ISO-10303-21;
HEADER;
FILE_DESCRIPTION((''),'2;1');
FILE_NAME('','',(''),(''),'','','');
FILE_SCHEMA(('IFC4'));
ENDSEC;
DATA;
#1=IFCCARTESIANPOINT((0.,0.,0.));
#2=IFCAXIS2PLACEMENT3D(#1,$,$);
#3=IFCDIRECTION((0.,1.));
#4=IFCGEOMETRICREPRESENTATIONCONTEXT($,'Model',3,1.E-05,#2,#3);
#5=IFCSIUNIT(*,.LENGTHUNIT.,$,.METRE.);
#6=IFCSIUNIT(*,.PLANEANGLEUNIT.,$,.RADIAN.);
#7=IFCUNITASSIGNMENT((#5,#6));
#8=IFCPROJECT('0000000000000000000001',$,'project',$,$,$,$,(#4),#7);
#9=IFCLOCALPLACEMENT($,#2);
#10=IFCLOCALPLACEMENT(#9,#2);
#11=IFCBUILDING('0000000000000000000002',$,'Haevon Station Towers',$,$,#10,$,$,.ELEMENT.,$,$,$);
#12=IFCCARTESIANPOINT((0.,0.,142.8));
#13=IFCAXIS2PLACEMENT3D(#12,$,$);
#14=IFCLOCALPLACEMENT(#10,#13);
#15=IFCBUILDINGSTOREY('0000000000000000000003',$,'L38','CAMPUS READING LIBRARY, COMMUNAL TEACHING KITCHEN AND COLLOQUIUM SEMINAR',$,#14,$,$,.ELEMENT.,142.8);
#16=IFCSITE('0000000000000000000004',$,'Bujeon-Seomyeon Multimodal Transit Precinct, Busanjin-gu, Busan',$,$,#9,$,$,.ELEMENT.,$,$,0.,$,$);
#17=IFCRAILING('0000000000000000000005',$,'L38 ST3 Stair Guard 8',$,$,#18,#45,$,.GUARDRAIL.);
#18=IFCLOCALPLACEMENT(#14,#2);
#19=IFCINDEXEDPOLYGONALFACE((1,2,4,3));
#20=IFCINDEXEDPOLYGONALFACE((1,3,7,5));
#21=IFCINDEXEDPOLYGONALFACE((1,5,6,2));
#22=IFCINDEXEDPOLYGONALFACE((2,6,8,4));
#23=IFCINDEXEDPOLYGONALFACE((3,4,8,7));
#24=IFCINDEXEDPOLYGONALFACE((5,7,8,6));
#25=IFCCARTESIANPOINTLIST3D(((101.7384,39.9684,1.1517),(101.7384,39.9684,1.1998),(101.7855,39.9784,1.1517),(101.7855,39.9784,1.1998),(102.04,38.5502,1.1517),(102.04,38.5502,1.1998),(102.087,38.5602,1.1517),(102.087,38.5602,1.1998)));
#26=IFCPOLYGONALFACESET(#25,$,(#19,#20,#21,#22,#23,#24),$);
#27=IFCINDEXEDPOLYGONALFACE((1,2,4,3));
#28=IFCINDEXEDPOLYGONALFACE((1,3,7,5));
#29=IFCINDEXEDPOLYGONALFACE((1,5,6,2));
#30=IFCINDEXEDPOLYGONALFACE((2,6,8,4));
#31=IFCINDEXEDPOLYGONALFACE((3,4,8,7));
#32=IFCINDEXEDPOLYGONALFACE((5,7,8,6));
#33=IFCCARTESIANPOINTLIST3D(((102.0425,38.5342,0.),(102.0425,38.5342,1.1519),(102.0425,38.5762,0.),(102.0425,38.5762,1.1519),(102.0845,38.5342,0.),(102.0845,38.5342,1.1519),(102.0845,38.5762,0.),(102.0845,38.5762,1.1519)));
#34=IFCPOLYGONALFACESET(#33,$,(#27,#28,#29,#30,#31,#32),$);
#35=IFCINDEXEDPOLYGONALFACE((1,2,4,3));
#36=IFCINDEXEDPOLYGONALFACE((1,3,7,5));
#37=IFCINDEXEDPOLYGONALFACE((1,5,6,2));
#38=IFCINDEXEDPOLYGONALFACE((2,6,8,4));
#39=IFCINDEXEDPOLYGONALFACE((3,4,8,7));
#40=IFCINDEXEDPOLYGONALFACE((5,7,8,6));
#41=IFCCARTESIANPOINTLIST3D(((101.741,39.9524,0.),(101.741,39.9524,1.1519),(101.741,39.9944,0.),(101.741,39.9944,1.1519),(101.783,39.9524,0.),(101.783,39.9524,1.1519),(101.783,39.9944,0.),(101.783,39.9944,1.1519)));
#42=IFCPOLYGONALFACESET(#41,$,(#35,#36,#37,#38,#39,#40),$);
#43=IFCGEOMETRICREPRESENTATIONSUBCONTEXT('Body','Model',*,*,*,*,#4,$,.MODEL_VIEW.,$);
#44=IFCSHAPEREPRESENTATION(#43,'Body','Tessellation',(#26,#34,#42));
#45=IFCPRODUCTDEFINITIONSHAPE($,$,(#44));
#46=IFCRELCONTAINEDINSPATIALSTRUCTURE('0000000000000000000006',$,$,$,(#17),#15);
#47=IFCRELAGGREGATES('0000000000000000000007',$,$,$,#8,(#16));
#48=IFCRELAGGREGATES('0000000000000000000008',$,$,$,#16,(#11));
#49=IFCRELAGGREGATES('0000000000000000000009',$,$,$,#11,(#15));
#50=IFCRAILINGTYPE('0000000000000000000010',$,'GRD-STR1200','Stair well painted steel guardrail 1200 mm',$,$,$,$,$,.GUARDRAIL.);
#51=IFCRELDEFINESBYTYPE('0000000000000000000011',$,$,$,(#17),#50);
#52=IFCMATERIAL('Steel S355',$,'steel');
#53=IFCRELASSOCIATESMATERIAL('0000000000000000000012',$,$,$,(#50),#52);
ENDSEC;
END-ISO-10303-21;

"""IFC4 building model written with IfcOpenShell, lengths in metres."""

from ifc_helpers import new_model, si_unit, direction, frame, origin, origin_2d, place, context, subcontext, project, spatial, rectangle, extrude, material, type_object, element, save


model = new_model("IFC4")

# Units and contexts
model_context = context("Model", 3, precision=1e-05, world=origin(), true_north=direction((0.0, 1.0)))
body_context = subcontext(model_context, "Body", "Model", "MODEL_VIEW")
ifc_project = project(units=[si_unit("LENGTHUNIT", "METRE"), si_unit("PLANEANGLEUNIT", "RADIAN")], contexts=[model_context])

# Site, building, storey
site_placement = place(None, origin())
site = spatial("IfcSite", under=ifc_project, at=site_placement, Name="Bujeon-Seomyeon Multimodal Transit Precinct, Busanjin-gu, Busan", CompositionType="ELEMENT", RefElevation=0.0)
building_placement = place(site_placement, origin())
building = spatial("IfcBuilding", under=site, at=building_placement, Name="Haevon Station Towers", CompositionType="ELEMENT")
storey_placement = place(building_placement, frame((0.0, 0.0, 142.8)))
storey = spatial("IfcBuildingStorey", under=building, at=storey_placement, Name="L38", Description="CAMPUS READING LIBRARY, COMMUNAL TEACHING KITCHEN AND COLLOQUIUM SEMINAR", CompositionType="ELEMENT", Elevation=142.8)

# Shared definitions
ifc_material_1 = material(Name="Steel S355", Category="steel")

# Railing
railing_type = type_object("IfcRailingType", Name="GRD-STR1200", Description="Stair well painted steel guardrail 1200 mm", PredefinedType="GUARDRAIL", material=ifc_material_1)
railing_placement = place(storey_placement, frame((102.0635, 38.5552, 0.0)))
element("IfcRailing", 1, at=railing_placement, inside=storey, type_object=railing_type, Name="L38 ST3 Stair Guard 8", PredefinedType="GUARDRAIL", context=body_context, shape_type="SweptSolid", body=[
    extrude(rectangle(XDim=0.0481, YDim=0.0481, at=origin_2d()), frame((0.0, 0.0, 1.1758), z_axis=(-0.207953, 0.978139, 0.0), x_axis=(-0.978139, -0.207953, 0.0)), (0.0, 0.0, 1.0), 1.45),
    extrude(rectangle(XDim=0.042, YDim=0.042, at=origin_2d()), origin(), (0.0, 0.0, 1.0), 1.1519),
    extrude(rectangle(XDim=0.042, YDim=0.042, at=origin_2d()), frame((-0.3015, 1.4182, 0.0)), (0.0, 0.0, 1.0), 1.1519),
])

save(model, "model.ifc")
